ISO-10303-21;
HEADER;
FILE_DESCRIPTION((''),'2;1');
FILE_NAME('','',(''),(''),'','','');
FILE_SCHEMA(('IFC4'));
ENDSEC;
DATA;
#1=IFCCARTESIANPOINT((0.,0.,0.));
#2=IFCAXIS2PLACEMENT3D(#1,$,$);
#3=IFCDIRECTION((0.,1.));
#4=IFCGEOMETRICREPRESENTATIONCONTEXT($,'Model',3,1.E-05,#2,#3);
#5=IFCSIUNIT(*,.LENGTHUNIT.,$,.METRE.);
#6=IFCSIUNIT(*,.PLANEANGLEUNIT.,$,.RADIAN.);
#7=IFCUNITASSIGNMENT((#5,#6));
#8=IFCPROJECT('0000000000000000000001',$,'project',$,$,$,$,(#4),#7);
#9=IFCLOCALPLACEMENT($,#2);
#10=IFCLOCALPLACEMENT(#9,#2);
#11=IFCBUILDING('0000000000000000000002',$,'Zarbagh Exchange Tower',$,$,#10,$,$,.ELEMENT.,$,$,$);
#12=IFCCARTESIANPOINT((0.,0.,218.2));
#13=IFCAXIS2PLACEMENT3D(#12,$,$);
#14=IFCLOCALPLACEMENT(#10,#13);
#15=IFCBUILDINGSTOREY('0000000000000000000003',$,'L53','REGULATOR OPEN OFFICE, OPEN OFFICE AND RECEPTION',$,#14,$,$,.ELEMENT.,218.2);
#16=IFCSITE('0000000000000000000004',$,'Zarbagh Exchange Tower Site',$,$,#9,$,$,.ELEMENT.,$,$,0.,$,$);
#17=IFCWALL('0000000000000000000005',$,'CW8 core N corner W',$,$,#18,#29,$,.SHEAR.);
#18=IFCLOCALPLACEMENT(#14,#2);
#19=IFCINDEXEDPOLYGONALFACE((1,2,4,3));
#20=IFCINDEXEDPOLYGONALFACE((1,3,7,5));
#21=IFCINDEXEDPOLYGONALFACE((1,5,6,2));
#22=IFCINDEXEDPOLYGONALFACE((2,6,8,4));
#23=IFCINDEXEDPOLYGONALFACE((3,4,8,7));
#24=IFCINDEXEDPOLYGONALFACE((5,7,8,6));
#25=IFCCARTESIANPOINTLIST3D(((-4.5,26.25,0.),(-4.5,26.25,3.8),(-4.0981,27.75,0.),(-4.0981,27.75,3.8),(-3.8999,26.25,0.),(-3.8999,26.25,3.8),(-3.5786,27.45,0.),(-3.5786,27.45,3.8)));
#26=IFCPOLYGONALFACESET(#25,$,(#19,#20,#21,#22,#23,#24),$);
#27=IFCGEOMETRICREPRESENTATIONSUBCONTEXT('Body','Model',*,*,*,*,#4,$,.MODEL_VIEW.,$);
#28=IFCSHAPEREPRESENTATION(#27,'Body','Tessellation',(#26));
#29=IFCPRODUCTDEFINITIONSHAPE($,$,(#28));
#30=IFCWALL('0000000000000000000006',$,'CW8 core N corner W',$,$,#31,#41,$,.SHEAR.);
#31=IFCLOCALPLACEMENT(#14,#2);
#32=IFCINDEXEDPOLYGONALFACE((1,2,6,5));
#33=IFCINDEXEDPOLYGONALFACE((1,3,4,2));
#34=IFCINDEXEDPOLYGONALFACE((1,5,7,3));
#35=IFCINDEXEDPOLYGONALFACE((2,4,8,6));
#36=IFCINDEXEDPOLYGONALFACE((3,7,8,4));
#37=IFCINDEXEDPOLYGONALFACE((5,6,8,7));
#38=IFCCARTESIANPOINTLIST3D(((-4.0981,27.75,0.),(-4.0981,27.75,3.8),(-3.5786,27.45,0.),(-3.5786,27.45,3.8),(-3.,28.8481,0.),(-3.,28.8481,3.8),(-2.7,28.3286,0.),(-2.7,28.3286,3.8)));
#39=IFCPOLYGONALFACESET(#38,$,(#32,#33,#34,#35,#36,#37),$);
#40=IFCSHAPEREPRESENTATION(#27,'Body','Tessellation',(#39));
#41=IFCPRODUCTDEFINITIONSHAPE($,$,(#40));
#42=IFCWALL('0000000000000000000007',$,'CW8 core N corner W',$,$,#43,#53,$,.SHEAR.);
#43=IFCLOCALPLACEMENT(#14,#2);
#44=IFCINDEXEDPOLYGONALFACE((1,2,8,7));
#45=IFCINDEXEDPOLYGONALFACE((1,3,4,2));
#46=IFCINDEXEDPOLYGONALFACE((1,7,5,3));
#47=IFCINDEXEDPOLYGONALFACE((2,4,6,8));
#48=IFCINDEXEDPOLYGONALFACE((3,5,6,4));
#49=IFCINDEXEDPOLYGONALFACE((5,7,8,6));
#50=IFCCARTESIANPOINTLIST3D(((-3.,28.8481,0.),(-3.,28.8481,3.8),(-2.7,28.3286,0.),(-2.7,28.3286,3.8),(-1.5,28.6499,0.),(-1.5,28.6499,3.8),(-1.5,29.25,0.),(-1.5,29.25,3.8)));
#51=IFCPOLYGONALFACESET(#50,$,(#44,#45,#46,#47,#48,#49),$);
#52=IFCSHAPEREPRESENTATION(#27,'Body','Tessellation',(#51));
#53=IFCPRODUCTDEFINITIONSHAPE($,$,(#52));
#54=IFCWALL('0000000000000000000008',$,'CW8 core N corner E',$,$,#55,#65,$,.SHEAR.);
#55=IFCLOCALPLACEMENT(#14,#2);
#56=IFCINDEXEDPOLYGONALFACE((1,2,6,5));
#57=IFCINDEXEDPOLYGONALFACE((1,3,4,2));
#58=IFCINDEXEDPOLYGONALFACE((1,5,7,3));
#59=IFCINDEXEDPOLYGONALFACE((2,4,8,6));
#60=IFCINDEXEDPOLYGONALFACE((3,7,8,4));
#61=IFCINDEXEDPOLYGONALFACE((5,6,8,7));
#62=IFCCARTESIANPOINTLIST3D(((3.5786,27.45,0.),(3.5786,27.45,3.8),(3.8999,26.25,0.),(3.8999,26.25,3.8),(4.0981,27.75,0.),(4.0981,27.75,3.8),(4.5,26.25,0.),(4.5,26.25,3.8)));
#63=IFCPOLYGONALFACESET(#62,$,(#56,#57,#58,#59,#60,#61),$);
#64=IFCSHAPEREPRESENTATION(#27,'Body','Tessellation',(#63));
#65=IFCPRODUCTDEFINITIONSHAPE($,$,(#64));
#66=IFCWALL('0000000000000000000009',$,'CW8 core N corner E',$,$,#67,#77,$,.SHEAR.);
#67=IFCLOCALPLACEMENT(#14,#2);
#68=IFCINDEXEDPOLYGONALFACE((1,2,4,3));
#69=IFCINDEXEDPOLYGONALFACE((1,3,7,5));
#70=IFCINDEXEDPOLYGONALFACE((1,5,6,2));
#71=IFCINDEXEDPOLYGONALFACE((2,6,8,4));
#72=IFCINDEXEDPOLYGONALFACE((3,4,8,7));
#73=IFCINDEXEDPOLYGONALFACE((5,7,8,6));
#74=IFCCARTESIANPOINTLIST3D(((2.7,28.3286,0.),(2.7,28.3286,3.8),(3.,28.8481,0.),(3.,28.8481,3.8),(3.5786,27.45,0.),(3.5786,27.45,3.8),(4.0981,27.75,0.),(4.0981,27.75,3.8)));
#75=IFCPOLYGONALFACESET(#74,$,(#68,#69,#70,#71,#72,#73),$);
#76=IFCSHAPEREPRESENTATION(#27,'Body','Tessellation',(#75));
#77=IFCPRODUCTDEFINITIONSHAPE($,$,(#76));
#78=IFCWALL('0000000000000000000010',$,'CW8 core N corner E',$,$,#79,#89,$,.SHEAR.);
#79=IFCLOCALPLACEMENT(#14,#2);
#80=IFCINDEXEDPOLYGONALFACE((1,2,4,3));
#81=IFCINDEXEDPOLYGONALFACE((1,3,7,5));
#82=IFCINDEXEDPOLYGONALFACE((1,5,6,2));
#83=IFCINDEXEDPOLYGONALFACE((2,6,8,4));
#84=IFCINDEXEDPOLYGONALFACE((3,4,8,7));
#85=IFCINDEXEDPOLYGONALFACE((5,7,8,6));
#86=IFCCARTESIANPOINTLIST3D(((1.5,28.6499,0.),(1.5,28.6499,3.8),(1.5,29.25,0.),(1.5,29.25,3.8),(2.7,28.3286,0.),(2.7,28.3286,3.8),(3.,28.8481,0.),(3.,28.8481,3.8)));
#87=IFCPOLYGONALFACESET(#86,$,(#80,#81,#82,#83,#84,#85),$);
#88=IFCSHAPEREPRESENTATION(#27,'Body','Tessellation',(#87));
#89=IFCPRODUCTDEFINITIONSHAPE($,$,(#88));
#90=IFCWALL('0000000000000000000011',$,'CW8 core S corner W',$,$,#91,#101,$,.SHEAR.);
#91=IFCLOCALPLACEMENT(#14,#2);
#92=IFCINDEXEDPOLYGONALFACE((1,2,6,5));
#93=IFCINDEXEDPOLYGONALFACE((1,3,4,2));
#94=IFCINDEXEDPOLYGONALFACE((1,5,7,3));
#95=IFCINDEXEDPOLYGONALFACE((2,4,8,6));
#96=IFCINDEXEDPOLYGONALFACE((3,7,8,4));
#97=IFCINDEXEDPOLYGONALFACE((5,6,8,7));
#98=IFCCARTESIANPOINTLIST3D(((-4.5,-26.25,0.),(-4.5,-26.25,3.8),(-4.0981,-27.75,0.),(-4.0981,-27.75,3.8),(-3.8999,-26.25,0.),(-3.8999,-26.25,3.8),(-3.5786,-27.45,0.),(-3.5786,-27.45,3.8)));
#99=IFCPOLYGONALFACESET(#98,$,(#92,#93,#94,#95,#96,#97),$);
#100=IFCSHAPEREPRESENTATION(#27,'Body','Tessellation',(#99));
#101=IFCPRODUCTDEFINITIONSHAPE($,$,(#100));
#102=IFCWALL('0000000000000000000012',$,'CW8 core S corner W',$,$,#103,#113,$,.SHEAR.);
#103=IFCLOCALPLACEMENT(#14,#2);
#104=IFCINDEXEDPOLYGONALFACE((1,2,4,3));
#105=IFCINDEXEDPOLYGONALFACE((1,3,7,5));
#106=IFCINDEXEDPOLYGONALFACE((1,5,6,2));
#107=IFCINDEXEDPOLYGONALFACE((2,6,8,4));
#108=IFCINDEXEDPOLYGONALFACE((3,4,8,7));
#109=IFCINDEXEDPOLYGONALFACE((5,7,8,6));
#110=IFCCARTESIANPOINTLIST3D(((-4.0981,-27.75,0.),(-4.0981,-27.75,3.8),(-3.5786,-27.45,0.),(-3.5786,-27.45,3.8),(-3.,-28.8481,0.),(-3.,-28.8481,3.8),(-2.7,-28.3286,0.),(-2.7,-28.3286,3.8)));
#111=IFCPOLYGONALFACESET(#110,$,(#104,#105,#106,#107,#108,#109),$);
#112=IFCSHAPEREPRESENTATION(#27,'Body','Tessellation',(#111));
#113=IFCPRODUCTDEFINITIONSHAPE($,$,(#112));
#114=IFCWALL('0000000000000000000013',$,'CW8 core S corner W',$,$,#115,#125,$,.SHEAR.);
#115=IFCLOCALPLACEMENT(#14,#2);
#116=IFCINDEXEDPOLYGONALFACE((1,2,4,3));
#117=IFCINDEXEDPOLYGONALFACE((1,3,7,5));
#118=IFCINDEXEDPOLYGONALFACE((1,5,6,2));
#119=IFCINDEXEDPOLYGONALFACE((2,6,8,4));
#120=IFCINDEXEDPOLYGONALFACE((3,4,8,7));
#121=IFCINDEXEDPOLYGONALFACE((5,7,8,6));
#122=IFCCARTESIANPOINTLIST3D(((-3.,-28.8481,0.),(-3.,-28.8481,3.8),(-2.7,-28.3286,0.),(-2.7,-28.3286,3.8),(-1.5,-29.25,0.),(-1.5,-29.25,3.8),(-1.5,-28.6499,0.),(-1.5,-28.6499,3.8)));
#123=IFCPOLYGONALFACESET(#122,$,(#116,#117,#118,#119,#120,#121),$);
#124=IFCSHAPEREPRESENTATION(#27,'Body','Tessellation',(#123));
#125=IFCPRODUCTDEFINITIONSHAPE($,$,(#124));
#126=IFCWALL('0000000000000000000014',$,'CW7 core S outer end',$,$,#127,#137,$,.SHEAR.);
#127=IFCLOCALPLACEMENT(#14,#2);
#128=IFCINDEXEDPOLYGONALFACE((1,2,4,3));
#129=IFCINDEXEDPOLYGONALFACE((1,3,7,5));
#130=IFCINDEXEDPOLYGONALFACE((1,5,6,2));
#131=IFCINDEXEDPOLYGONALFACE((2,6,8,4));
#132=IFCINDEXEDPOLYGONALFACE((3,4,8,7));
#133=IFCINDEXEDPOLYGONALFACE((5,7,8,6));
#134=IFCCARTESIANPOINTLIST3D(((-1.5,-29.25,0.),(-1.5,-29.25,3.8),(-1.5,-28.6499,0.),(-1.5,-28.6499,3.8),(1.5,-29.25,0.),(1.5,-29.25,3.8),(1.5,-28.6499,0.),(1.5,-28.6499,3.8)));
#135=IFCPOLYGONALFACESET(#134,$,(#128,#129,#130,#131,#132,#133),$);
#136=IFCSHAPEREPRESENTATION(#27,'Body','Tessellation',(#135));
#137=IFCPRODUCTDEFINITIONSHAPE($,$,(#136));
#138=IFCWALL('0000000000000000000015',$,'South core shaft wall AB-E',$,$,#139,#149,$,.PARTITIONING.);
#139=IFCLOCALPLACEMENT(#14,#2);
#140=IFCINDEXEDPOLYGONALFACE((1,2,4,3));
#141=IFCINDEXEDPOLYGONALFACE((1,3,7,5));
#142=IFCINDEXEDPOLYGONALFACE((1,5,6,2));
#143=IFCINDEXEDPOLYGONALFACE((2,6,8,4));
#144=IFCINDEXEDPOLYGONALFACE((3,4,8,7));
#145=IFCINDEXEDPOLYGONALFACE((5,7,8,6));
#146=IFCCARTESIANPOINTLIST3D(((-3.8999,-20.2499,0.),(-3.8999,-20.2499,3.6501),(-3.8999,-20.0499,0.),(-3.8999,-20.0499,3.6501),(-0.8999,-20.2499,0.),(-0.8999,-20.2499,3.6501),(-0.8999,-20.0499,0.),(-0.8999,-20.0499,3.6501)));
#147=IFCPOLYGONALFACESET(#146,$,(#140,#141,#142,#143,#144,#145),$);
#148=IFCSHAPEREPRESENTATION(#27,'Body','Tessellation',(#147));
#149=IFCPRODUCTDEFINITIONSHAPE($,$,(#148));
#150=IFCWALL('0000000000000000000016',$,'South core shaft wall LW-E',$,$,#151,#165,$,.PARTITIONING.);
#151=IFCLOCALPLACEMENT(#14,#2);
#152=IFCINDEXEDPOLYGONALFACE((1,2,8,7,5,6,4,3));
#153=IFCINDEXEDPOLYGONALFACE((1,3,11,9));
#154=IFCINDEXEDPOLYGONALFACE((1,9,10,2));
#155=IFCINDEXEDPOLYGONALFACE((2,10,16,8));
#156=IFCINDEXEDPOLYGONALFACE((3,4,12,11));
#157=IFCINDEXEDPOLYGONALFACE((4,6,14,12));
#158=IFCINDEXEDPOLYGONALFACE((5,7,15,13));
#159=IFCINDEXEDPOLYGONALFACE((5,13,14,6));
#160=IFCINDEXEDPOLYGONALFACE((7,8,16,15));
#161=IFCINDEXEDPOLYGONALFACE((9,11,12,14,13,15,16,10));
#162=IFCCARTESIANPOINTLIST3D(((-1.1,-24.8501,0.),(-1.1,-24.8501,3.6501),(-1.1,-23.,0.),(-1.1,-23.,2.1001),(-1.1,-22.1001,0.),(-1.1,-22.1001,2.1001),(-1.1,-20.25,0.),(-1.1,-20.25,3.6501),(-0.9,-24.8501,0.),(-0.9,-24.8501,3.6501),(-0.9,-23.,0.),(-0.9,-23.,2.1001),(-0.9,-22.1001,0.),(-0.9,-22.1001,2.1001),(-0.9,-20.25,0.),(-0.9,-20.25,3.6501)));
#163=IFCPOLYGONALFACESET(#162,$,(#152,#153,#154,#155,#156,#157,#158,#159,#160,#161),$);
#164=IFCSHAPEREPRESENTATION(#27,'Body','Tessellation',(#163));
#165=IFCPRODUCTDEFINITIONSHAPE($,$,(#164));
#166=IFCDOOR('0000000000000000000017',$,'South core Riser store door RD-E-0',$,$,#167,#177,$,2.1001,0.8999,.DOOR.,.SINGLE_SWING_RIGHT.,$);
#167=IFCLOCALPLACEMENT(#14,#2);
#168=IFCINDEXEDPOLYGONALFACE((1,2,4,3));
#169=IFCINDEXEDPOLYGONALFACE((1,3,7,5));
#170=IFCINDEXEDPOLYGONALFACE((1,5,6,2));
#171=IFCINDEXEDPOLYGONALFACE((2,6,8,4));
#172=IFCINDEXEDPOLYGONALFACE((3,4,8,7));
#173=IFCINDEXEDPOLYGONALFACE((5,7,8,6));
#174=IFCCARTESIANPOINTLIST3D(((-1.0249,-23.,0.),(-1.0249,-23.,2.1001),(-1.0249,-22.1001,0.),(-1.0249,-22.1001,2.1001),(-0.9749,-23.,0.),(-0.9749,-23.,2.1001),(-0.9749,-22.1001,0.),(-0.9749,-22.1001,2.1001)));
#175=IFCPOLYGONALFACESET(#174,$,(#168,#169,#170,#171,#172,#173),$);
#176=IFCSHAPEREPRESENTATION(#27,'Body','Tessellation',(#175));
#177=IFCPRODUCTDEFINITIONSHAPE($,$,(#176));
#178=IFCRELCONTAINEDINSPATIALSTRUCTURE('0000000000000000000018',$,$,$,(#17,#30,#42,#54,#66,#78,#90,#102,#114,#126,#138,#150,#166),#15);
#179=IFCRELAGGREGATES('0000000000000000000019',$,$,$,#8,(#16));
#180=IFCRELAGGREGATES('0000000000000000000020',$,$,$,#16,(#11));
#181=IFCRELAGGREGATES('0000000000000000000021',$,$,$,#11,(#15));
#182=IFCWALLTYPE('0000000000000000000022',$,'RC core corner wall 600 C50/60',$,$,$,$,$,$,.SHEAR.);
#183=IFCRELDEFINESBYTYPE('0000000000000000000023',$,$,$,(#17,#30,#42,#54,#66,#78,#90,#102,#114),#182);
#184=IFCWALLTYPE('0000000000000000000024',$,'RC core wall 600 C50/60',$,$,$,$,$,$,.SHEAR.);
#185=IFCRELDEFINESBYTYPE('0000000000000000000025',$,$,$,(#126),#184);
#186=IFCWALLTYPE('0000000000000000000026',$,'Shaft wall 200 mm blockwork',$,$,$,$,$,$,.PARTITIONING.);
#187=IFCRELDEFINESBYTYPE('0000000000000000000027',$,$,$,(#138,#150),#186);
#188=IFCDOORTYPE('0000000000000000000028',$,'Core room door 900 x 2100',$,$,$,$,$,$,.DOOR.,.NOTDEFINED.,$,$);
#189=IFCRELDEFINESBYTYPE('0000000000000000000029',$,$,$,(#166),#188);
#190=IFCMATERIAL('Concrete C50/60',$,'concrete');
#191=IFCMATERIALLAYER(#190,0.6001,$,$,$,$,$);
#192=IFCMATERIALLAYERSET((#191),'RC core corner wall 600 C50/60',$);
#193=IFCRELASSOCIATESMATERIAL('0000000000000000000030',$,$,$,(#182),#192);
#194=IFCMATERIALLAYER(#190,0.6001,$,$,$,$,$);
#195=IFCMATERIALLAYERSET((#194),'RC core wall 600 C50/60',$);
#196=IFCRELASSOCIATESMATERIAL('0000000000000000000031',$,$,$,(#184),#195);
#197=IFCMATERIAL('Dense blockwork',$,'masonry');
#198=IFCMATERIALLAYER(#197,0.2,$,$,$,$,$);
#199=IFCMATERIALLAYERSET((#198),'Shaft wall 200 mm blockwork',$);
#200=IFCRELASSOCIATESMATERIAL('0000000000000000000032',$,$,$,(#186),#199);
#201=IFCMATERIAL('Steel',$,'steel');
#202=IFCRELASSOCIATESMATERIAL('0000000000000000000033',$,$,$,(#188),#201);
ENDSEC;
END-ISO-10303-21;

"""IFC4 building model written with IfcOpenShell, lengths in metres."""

from ifc_helpers import new_model, si_unit, direction, frame, frame_2d, origin, place, context, subcontext, project, spatial, polyline, rectangle, outline, extrude, material, layer, layer_set, type_object, element, fill, save


model = new_model("IFC4")

# Units and contexts
model_context = context("Model", 3, precision=1e-05, world=origin(), true_north=direction((0.0, 1.0)))
body_context = subcontext(model_context, "Body", "Model", "MODEL_VIEW")
ifc_project = project(units=[si_unit("LENGTHUNIT", "METRE"), si_unit("PLANEANGLEUNIT", "RADIAN")], contexts=[model_context])

# Site, building, storey
site_placement = place(None, origin())
site = spatial("IfcSite", under=ifc_project, at=site_placement, Name="Zarbagh Exchange Tower Site", CompositionType="ELEMENT", RefElevation=0.0)
building_placement = place(site_placement, origin())
building = spatial("IfcBuilding", under=site, at=building_placement, Name="Zarbagh Exchange Tower", CompositionType="ELEMENT")
storey_placement = place(building_placement, frame((0.0, 0.0, 218.2)))
storey = spatial("IfcBuildingStorey", under=building, at=storey_placement, Name="L53", Description="REGULATOR OPEN OFFICE, OPEN OFFICE AND RECEPTION", CompositionType="ELEMENT", Elevation=218.2)

# Walls
ifc_material_1 = material(Name="Concrete C50/60", Category="concrete")
ifc_layer_1 = layer(ifc_material_1, 0.6001)
ifc_layer_set_1 = layer_set([ifc_layer_1], Name="RC core corner wall 600 C50/60")
wall_type_1 = type_object("IfcWallType", Name="RC core corner wall 600 C50/60", PredefinedType="SHEAR", material=ifc_layer_set_1)
wall_1_placement = place(storey_placement, origin())
element("IfcWall", 1, at=wall_1_placement, inside=storey, type_object=wall_type_1, Name="CW8 core N corner W", PredefinedType="SHEAR", context=body_context, shape_type="SweptSolid", body=[
    extrude(outline(polyline([(-4.5, 26.25), (-4.0981, 27.75), (-3.5786, 27.45), (-3.8999, 26.25), (-4.5, 26.25)])), origin(), (0.0, 0.0, 1.0), 3.8),
])
wall_2_placement = place(storey_placement, origin())
element("IfcWall", 2, at=wall_2_placement, inside=storey, type_object=wall_type_1, Name="CW8 core N corner W", PredefinedType="SHEAR", context=body_context, shape_type="SweptSolid", body=[
    extrude(outline(polyline([(-4.0981, 27.75), (-3.0, 28.8481), (-2.7, 28.3286), (-3.5786, 27.45), (-4.0981, 27.75)])), origin(), (0.0, 0.0, 1.0), 3.8),
])
wall_3_placement = place(storey_placement, origin())
element("IfcWall", 3, at=wall_3_placement, inside=storey, type_object=wall_type_1, Name="CW8 core N corner W", PredefinedType="SHEAR", context=body_context, shape_type="SweptSolid", body=[
    extrude(outline(polyline([(-3.0, 28.8481), (-1.5, 29.25), (-1.5, 28.6499), (-2.7, 28.3286), (-3.0, 28.8481)])), origin(), (0.0, 0.0, 1.0), 3.8),
])
wall_4_placement = place(storey_placement, origin())
element("IfcWall", 4, at=wall_4_placement, inside=storey, type_object=wall_type_1, Name="CW8 core N corner E", PredefinedType="SHEAR", context=body_context, shape_type="SweptSolid", body=[
    extrude(outline(polyline([(4.5, 26.25), (4.0981, 27.75), (3.5786, 27.45), (3.8999, 26.25), (4.5, 26.25)])), origin(), (0.0, 0.0, 1.0), 3.8),
])
wall_5_placement = place(storey_placement, origin())
element("IfcWall", 5, at=wall_5_placement, inside=storey, type_object=wall_type_1, Name="CW8 core N corner E", PredefinedType="SHEAR", context=body_context, shape_type="SweptSolid", body=[
    extrude(outline(polyline([(4.0981, 27.75), (3.0, 28.8481), (2.7, 28.3286), (3.5786, 27.45), (4.0981, 27.75)])), origin(), (0.0, 0.0, 1.0), 3.8),
])
wall_6_placement = place(storey_placement, origin())
element("IfcWall", 6, at=wall_6_placement, inside=storey, type_object=wall_type_1, Name="CW8 core N corner E", PredefinedType="SHEAR", context=body_context, shape_type="SweptSolid", body=[
    extrude(outline(polyline([(3.0, 28.8481), (1.5, 29.25), (1.5, 28.6499), (2.7, 28.3286), (3.0, 28.8481)])), origin(), (0.0, 0.0, 1.0), 3.8),
])
wall_7_placement = place(storey_placement, origin())
element("IfcWall", 7, at=wall_7_placement, inside=storey, type_object=wall_type_1, Name="CW8 core S corner W", PredefinedType="SHEAR", context=body_context, shape_type="SweptSolid", body=[
    extrude(outline(polyline([(-4.5, -26.25), (-4.0981, -27.75), (-3.5786, -27.45), (-3.8999, -26.25), (-4.5, -26.25)])), origin(), (0.0, 0.0, 1.0), 3.8),
])
wall_8_placement = place(storey_placement, origin())
element("IfcWall", 8, at=wall_8_placement, inside=storey, type_object=wall_type_1, Name="CW8 core S corner W", PredefinedType="SHEAR", context=body_context, shape_type="SweptSolid", body=[
    extrude(outline(polyline([(-4.0981, -27.75), (-3.0, -28.8481), (-2.7, -28.3286), (-3.5786, -27.45), (-4.0981, -27.75)])), origin(), (0.0, 0.0, 1.0), 3.8),
])
wall_9_placement = place(storey_placement, origin())
element("IfcWall", 9, at=wall_9_placement, inside=storey, type_object=wall_type_1, Name="CW8 core S corner W", PredefinedType="SHEAR", context=body_context, shape_type="SweptSolid", body=[
    extrude(outline(polyline([(-3.0, -28.8481), (-1.5, -29.25), (-1.5, -28.6499), (-2.7, -28.3286), (-3.0, -28.8481)])), origin(), (0.0, 0.0, 1.0), 3.8),
])
ifc_layer_2 = layer(ifc_material_1, 0.6001)
ifc_layer_set_2 = layer_set([ifc_layer_2], Name="RC core wall 600 C50/60")
wall_type_2 = type_object("IfcWallType", Name="RC core wall 600 C50/60", PredefinedType="SHEAR", material=ifc_layer_set_2)
wall_10_placement = place(storey_placement, frame((-1.5, -28.95, 0.0), z_axis=(0.0, 0.0, 1.0), x_axis=(1.0, 0.0, 0.0)))
element("IfcWall", 10, at=wall_10_placement, inside=storey, type_object=wall_type_2, Name="CW7 core S outer end", PredefinedType="SHEAR", context=body_context, shape_type="SweptSolid", body=[
    extrude(rectangle(XDim=3.0, YDim=0.6001, at=frame_2d((1.5, 0.0))), origin(), (0.0, 0.0, 1.0), 3.8),
])
ifc_material_2 = material(Name="Dense blockwork", Category="masonry")
ifc_layer_3 = layer(ifc_material_2, 0.2)
ifc_layer_set_3 = layer_set([ifc_layer_3], Name="Shaft wall 200 mm blockwork")
wall_type_3 = type_object("IfcWallType", Name="Shaft wall 200 mm blockwork", PredefinedType="PARTITIONING", material=ifc_layer_set_3)
wall_11_placement = place(storey_placement, frame((-0.8999, -20.1499, 0.0), z_axis=(0.0, 0.0, 1.0), x_axis=(-1.0, 0.0, 0.0)))
element("IfcWall", 11, at=wall_11_placement, inside=storey, type_object=wall_type_3, Name="South core shaft wall AB-E", PredefinedType="PARTITIONING", context=body_context, shape_type="SweptSolid", body=[
    extrude(rectangle(XDim=3.0, YDim=0.2, at=frame_2d((1.5, 0.0))), origin(), (0.0, 0.0, 1.0), 3.6501),
])

# Wall, opening, door
wall_12_placement = place(storey_placement, frame((-1.0, -24.8501, 0.0), z_axis=(0.0, 0.0, 1.0), x_axis=(0.0, 1.0, 0.0)))
wall_12 = element("IfcWall", 12, at=wall_12_placement, inside=storey, type_object=wall_type_3, Name="South core shaft wall LW-E", PredefinedType="PARTITIONING", context=body_context, shape_type="SweptSolid", body=[
    extrude(rectangle(XDim=4.6001, YDim=0.2, at=frame_2d((2.3, 0.0))), origin(), (0.0, 0.0, 1.0), 3.6501),
])
opening_1_placement = place(wall_12_placement, frame((1.8501, 0.0, 0.0)))
opening_1 = element("IfcOpeningElement", 13, at=opening_1_placement, cuts=wall_12, PredefinedType="OPENING", context=body_context, shape_type="SweptSolid", body=[
    extrude(rectangle(XDim=0.8999, YDim=2.1001, at=frame_2d((0.45, 1.05))), frame((0.0, 0.1099, 0.0), z_axis=(0.0, -1.0, 0.0), x_axis=(1.0, 0.0, 0.0)), (0.0, 0.0, 1.0), 0.22),
])
ifc_material_3 = material(Name="Steel", Category="steel")
door_type_1 = type_object("IfcDoorType", Name="Core room door 900 x 2100", OperationType="NOTDEFINED", PredefinedType="DOOR", material=ifc_material_3)
door_1_placement = place(opening_1_placement, origin())
door_1 = element("IfcDoor", 14, at=door_1_placement, inside=storey, type_object=door_type_1, Name="South core Riser store door RD-E-0", OperationType="SINGLE_SWING_RIGHT", OverallHeight=2.1001, OverallWidth=0.8999, PredefinedType="DOOR", context=body_context, shape_type="SweptSolid", body=[
    extrude(rectangle(XDim=0.8999, YDim=2.1001, at=frame_2d((0.45, 1.05))), frame((0.0, 0.0249, 0.0), z_axis=(0.0, -1.0, 0.0), x_axis=(1.0, 0.0, 0.0)), (0.0, 0.0, 1.0), 0.05),
])
fill(opening_1, door_1)

save(model, "model.ifc")
